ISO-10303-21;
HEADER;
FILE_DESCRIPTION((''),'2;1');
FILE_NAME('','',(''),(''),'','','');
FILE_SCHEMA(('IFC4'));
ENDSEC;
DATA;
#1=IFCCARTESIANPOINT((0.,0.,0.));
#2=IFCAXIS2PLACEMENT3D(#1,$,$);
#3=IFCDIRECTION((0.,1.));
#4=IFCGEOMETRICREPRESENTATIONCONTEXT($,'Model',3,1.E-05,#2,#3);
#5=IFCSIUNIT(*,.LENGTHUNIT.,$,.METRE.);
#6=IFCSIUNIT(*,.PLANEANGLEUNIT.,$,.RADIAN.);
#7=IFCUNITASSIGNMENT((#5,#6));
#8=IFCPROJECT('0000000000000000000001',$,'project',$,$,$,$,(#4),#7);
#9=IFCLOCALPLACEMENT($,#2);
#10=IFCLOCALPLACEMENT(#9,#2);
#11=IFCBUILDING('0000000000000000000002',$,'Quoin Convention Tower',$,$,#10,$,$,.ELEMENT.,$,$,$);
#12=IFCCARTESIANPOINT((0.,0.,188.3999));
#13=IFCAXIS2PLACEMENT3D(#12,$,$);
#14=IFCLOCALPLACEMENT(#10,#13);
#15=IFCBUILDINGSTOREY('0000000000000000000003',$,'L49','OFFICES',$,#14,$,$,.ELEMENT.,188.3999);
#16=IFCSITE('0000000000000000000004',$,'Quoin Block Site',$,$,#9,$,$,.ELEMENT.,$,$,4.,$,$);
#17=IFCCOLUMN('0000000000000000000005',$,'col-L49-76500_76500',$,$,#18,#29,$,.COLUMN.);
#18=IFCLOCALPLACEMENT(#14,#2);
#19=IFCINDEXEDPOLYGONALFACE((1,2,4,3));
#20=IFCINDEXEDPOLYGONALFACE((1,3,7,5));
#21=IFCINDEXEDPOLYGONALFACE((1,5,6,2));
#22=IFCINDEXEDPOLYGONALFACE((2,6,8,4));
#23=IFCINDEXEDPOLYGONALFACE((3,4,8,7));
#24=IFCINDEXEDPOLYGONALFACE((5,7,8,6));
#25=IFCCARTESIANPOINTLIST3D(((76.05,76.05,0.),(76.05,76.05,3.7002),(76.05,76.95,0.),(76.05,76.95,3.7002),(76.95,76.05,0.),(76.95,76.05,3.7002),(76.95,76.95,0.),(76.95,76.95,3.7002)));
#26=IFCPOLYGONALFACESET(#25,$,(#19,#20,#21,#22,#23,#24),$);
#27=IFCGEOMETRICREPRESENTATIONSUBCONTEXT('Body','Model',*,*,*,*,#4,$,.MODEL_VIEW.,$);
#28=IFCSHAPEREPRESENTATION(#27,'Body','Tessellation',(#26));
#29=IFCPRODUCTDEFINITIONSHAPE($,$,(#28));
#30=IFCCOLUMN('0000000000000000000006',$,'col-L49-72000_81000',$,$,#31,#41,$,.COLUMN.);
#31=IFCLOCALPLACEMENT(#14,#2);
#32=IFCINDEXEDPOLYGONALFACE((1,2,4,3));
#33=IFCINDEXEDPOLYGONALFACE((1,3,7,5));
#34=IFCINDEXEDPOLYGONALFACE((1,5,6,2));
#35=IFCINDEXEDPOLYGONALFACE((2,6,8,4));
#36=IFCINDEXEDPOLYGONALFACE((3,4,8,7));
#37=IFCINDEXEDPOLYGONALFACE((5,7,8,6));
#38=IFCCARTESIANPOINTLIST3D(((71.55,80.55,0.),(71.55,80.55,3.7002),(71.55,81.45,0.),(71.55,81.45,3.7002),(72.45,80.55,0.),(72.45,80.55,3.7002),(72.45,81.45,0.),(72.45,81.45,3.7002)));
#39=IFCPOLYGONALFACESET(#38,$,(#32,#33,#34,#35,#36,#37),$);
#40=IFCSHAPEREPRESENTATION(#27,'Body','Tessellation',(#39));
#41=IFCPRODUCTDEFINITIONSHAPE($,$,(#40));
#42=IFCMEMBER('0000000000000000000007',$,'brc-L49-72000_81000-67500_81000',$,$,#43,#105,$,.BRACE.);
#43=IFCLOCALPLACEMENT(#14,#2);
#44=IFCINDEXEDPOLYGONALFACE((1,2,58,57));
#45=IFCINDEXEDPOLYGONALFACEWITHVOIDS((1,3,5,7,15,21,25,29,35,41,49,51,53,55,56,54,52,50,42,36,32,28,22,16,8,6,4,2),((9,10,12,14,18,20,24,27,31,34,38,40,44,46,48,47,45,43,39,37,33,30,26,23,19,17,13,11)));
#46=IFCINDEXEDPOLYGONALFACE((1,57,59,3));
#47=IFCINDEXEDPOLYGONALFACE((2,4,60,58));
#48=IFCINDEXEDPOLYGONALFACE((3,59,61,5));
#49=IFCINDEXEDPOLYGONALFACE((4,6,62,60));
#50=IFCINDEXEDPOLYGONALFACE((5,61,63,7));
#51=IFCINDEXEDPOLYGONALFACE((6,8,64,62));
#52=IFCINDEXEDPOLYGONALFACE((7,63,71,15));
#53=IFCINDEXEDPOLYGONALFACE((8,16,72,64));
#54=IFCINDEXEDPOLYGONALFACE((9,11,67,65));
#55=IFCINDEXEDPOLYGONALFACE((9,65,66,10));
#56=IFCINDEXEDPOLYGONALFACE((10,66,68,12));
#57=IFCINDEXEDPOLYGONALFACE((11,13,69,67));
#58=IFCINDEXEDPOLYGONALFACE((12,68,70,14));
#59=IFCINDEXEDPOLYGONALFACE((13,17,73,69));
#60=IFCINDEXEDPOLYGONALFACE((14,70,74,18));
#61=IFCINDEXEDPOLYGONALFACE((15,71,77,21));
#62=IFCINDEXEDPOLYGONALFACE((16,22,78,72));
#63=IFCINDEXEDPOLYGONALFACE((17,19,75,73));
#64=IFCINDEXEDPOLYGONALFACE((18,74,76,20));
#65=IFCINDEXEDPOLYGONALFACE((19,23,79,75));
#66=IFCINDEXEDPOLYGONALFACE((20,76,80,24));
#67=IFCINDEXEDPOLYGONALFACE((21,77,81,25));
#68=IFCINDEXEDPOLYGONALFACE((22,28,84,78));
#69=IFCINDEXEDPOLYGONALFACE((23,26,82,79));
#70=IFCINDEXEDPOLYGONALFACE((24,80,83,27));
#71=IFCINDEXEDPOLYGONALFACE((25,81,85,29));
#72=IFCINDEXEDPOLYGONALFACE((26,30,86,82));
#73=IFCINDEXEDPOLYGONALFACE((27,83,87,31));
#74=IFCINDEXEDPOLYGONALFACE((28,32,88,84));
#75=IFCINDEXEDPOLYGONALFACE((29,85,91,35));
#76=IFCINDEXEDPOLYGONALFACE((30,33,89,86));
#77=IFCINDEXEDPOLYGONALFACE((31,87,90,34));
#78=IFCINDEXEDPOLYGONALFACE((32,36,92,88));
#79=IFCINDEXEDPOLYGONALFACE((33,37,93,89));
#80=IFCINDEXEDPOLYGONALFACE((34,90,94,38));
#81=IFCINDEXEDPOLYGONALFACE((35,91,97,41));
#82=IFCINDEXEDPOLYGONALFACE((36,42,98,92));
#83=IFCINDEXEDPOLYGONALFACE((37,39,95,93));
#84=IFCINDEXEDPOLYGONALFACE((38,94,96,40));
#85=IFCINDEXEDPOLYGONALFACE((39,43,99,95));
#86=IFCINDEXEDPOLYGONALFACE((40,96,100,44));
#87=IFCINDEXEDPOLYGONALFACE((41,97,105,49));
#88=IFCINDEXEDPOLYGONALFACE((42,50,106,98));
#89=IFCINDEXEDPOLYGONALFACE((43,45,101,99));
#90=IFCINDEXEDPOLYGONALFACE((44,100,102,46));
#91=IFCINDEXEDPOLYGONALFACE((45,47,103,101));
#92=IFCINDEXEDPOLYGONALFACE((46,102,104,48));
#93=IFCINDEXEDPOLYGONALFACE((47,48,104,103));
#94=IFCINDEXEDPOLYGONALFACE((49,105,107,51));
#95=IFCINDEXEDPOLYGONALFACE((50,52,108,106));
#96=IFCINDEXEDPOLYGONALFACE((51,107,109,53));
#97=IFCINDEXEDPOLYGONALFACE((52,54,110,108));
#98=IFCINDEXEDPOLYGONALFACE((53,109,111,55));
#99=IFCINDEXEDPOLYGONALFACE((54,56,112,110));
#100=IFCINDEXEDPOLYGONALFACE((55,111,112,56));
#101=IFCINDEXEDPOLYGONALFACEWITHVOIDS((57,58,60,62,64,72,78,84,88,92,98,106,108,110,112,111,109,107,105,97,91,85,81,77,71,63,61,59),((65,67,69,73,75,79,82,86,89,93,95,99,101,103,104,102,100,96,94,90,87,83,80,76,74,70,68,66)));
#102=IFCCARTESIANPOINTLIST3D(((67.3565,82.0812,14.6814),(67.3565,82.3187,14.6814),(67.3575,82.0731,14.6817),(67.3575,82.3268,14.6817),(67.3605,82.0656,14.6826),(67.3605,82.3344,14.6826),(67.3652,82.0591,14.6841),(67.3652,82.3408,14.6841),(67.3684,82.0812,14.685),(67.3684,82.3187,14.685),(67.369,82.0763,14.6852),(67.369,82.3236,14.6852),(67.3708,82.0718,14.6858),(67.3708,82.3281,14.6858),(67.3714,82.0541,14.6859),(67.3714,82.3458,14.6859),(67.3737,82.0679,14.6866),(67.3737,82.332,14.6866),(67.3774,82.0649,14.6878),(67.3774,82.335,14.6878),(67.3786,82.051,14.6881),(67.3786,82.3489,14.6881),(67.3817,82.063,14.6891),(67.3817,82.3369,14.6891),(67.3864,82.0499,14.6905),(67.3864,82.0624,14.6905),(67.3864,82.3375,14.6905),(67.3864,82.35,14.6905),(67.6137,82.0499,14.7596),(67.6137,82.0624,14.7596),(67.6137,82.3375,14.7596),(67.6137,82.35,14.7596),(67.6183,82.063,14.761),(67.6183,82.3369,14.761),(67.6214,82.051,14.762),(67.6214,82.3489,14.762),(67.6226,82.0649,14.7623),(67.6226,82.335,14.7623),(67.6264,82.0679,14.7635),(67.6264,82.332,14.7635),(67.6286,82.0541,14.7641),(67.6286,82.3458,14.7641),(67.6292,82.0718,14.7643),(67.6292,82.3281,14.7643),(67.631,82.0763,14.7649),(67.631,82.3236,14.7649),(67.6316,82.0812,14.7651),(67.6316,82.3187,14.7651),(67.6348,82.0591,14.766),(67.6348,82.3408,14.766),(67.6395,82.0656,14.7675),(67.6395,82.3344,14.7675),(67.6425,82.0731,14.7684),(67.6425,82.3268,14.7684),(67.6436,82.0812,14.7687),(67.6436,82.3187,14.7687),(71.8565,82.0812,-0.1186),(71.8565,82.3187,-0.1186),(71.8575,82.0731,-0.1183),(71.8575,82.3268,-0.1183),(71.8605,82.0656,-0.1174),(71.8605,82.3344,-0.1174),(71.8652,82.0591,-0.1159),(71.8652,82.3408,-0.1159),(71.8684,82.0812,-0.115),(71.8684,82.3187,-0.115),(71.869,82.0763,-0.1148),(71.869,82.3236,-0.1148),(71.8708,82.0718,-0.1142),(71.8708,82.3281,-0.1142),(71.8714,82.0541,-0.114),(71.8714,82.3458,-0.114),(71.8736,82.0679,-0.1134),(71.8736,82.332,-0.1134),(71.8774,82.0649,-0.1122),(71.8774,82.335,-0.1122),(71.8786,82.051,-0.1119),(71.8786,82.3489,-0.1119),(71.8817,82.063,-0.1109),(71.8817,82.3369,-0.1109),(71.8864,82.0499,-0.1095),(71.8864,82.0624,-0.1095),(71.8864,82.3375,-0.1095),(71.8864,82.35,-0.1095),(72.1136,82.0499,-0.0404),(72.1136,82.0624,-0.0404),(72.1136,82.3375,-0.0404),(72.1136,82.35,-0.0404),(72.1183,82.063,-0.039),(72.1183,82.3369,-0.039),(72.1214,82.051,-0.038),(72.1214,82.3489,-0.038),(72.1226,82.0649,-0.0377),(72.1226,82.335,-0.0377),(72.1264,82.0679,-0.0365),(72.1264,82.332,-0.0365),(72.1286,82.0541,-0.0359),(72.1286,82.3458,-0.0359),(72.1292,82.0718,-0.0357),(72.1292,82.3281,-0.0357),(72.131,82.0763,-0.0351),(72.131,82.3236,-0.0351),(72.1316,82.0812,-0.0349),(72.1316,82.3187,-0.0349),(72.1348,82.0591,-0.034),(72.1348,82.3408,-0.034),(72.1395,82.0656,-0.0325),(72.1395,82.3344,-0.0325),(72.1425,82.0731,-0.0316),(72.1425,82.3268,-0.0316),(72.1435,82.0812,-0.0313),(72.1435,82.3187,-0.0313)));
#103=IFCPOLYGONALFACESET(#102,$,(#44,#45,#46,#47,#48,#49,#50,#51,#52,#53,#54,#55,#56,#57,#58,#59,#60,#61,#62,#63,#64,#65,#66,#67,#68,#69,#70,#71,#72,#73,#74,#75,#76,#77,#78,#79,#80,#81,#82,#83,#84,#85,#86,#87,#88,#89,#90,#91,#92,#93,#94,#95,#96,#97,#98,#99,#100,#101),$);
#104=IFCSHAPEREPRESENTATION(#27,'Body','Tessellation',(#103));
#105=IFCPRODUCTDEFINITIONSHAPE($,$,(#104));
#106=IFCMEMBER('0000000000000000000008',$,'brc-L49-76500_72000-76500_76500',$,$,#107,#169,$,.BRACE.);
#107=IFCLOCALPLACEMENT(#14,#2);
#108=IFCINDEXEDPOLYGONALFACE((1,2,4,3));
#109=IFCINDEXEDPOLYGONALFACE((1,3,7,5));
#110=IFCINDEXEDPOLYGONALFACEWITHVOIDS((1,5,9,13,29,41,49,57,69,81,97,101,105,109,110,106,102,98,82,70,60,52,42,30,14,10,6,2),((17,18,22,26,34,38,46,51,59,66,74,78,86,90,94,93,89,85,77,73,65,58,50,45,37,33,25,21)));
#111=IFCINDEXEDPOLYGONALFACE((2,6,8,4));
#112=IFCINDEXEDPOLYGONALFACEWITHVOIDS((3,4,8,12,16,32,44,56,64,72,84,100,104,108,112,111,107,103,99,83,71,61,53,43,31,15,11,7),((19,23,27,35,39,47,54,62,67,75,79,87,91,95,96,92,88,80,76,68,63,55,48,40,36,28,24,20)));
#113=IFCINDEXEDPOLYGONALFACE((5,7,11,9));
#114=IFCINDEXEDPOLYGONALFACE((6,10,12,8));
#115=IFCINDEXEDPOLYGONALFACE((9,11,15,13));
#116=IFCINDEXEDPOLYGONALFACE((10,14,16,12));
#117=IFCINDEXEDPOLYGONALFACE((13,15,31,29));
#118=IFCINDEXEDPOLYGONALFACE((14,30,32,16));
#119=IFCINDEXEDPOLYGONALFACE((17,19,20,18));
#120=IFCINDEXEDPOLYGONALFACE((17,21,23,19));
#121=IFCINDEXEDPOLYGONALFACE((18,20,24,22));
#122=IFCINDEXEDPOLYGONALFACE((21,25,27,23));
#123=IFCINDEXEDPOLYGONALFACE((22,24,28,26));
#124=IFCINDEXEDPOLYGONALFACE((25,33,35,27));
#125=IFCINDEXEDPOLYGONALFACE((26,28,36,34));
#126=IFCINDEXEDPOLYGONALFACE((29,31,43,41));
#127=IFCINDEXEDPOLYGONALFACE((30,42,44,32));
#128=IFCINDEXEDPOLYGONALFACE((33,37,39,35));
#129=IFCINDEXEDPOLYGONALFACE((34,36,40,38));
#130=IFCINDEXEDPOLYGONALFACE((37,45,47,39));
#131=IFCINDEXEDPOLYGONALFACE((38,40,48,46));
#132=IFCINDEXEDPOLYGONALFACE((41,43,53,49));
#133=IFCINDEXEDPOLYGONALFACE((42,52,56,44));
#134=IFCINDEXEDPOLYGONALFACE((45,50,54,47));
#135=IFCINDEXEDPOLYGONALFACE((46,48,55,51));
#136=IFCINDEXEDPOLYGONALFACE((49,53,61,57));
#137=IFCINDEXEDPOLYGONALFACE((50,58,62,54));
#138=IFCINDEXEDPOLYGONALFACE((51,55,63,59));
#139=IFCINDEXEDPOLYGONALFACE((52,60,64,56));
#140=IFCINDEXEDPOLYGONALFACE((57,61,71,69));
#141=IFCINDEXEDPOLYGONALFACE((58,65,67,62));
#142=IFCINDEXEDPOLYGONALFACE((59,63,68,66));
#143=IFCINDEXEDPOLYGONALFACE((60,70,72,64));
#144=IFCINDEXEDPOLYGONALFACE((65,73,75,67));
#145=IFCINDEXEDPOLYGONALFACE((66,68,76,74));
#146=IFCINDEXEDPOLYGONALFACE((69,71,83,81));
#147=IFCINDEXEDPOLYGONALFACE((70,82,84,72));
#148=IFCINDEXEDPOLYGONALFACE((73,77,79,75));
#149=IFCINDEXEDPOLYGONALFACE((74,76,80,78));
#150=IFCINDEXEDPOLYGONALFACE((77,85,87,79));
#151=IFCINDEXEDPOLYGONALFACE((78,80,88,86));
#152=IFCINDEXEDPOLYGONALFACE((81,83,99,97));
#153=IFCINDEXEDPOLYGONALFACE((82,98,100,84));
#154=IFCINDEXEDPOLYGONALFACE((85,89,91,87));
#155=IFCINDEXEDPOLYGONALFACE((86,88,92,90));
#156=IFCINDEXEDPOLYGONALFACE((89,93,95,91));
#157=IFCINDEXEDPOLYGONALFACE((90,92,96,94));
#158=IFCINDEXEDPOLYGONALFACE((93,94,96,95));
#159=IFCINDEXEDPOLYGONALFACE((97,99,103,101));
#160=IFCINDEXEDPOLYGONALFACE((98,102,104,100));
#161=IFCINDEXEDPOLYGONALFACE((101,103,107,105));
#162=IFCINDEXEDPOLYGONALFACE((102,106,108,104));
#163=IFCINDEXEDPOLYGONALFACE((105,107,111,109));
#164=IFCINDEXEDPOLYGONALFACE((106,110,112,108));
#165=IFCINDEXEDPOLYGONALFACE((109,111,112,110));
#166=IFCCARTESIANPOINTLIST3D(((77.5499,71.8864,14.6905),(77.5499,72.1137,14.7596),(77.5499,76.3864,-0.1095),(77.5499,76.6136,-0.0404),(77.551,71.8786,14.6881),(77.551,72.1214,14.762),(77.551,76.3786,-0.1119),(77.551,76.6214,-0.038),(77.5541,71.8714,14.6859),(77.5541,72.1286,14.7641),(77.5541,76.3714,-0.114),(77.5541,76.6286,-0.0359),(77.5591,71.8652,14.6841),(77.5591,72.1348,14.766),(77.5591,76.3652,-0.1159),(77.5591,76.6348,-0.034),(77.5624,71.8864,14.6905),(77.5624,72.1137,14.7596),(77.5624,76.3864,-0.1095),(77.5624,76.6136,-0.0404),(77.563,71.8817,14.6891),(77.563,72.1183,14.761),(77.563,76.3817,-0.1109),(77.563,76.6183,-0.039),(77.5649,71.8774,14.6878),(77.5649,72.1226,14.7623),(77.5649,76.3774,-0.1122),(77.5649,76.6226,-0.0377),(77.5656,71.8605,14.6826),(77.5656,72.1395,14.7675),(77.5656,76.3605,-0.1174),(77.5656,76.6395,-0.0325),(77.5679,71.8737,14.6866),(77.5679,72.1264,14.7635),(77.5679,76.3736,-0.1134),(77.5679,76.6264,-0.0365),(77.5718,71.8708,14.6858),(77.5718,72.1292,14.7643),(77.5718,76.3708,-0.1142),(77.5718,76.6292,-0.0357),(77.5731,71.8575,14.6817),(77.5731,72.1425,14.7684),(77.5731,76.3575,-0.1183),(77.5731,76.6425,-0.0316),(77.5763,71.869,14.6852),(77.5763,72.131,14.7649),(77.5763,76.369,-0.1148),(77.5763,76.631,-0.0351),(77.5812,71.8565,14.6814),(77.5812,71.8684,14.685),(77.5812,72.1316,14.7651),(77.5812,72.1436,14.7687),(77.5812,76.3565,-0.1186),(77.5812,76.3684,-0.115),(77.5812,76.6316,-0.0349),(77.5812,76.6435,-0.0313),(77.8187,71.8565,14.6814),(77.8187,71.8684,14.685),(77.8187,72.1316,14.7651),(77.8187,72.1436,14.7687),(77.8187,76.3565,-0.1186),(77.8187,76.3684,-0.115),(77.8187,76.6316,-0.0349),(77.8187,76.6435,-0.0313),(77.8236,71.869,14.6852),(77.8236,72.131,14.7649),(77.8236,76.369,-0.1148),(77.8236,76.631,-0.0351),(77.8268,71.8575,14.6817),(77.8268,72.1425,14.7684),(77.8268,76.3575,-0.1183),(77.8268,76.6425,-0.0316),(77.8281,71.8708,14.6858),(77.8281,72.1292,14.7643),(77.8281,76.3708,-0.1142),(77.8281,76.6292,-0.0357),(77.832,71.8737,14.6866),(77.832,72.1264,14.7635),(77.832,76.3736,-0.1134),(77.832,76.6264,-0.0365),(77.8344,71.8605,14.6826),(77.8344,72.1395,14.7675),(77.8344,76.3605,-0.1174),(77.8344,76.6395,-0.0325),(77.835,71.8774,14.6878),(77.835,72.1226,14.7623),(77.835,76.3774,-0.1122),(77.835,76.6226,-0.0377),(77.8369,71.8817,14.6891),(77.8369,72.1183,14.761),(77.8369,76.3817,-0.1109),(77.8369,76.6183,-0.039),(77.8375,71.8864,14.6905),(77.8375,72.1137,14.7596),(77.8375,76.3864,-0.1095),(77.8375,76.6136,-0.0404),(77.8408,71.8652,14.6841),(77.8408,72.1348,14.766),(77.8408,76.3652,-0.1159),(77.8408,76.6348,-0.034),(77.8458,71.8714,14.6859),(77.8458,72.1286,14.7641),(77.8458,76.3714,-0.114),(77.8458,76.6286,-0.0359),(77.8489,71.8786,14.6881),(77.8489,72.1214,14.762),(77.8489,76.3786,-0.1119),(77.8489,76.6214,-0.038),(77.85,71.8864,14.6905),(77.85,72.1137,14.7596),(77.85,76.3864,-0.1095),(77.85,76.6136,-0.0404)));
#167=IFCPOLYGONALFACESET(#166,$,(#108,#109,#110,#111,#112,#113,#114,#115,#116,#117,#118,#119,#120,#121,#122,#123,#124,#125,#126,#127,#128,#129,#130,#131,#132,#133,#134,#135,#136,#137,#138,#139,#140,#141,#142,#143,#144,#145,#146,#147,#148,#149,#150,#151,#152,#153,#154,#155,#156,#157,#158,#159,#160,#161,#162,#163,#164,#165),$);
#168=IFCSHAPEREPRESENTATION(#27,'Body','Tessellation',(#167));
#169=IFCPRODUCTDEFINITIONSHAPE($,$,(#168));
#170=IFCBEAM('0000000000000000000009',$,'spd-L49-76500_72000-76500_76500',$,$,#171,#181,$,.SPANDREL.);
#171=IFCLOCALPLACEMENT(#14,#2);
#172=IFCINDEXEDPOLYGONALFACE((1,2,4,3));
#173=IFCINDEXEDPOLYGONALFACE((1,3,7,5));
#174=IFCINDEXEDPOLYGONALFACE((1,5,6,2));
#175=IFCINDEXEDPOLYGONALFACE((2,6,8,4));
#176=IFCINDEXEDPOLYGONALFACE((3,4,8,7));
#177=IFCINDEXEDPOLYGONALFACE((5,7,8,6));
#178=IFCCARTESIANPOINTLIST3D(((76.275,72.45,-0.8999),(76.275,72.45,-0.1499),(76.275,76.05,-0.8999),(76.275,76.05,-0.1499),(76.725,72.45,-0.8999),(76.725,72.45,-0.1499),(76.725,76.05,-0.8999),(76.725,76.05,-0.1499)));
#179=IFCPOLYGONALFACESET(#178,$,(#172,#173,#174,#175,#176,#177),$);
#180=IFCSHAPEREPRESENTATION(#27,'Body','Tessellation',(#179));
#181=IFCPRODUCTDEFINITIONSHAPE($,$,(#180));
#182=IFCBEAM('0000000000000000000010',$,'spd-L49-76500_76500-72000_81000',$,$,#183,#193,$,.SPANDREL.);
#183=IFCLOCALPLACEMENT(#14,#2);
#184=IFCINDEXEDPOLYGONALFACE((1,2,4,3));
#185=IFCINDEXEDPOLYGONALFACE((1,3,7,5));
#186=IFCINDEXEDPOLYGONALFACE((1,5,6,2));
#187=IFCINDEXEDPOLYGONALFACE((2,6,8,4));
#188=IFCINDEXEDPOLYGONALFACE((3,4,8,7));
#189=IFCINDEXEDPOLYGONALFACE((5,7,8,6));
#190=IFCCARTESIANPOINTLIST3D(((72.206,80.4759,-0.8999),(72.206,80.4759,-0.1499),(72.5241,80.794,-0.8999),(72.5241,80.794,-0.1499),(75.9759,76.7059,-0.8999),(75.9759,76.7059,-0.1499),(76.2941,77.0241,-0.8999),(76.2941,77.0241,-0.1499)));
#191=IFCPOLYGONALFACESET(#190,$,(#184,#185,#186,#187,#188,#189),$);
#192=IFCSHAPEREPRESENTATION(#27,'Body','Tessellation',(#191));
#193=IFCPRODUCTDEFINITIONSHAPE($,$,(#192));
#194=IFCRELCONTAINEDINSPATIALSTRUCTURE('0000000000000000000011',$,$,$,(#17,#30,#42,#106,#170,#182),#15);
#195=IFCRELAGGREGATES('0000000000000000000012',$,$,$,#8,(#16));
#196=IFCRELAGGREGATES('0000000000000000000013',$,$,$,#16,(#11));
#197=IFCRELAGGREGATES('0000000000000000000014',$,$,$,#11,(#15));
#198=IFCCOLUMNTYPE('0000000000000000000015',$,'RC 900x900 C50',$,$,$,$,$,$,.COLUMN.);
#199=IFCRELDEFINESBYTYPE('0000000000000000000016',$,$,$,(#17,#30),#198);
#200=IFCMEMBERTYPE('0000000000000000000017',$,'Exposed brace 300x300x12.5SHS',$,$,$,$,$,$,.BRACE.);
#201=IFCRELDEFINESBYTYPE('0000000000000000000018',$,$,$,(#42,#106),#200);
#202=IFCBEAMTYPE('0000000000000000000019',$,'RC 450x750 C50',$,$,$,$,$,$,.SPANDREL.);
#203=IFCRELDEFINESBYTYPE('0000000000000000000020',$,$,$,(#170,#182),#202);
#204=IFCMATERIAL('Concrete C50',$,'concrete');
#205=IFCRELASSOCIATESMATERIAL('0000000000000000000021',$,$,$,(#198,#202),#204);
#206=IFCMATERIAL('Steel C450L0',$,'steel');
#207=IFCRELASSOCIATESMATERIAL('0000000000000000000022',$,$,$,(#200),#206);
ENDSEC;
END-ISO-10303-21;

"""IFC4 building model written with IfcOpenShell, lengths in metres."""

from ifc_helpers import new_model, si_unit, direction, frame, origin, origin_2d, place, context, subcontext, project, spatial, rectangle, hollow_rectangle, extrude, material, material_profile, profile_set, type_object, element, save


model = new_model("IFC4")

# Units and contexts
model_context = context("Model", 3, precision=1e-05, world=origin(), true_north=direction((0.0, 1.0)))
body_context = subcontext(model_context, "Body", "Model", "MODEL_VIEW")
ifc_project = project(units=[si_unit("LENGTHUNIT", "METRE"), si_unit("PLANEANGLEUNIT", "RADIAN")], contexts=[model_context])

# Site, building, storey
site_placement = place(None, origin())
site = spatial("IfcSite", under=ifc_project, at=site_placement, Name="Quoin Block Site", CompositionType="ELEMENT", RefElevation=4.0)
building_placement = place(site_placement, origin())
building = spatial("IfcBuilding", under=site, at=building_placement, Name="Quoin Convention Tower", CompositionType="ELEMENT")
storey_placement = place(building_placement, frame((0.0, 0.0, 188.3999)))
storey = spatial("IfcBuildingStorey", under=building, at=storey_placement, Name="L49", Description="OFFICES", CompositionType="ELEMENT", Elevation=188.3999)

# Columns
ifc_material_1 = material(Name="Concrete C50", Category="concrete")
ifc_material_profile_1 = material_profile(ifc_material_1, rectangle(XDim=0.8999, YDim=0.8999, at=origin_2d()), Name="RC 900x900")
ifc_profile_set_1 = profile_set([ifc_material_profile_1], Name="Concrete C50")
column_type = type_object("IfcColumnType", Name="RC 900x900 C50", PredefinedType="COLUMN", material=ifc_profile_set_1)
for number, where, z_axis, x_axis, name in (
    (1, (76.5, 76.5, 0.0), (0.0, 0.0, 1.0), (1.0, 0.0, 0.0), "col-L49-76500_76500"),
    (2, (72.0, 81.0, 0.0), (0.0, 0.0, 1.0), (1.0, 0.0, 0.0), "col-L49-72000_81000"),
):
    element("IfcColumn", number, at=place(storey_placement, frame(where, z_axis=z_axis, x_axis=x_axis)), inside=storey, type_object=column_type, Name=name, PredefinedType="COLUMN", context=body_context, shape_type="SweptSolid", body=[
        extrude(rectangle(XDim=0.8999, YDim=0.8999, at=origin_2d()), origin(), (0.0, 0.0, 1.0), 3.7002),
    ])

# Members
ifc_material_2 = material(Name="Steel C450L0", Category="steel")
ifc_material_profile_2 = material_profile(ifc_material_2, hollow_rectangle(XDim=0.3, YDim=0.3, WallThickness=0.0125, InnerFilletRadius=0.0188, OuterFilletRadius=0.0312, at=origin_2d()), Name="300x300x12.5SHS")
ifc_profile_set_2 = profile_set([ifc_material_profile_2], Name="Steel C450L0")
member_type = type_object("IfcMemberType", Name="Exposed brace 300x300x12.5SHS", PredefinedType="BRACE", material=ifc_profile_set_2)
for number, where, z_axis, x_axis, name in (
    (3, (72.0, 82.2, -0.075), (-0.290903, 0.0, 0.956752), (0.0, -1.0, 0.0), "brc-L49-72000_81000-67500_81000"),
    (4, (77.7, 76.5, -0.075), (0.0, -0.290903, 0.956752), (1.0, 0.0, 0.0), "brc-L49-76500_72000-76500_76500"),
):
    element("IfcMember", number, at=place(storey_placement, frame(where, z_axis=z_axis, x_axis=x_axis)), inside=storey, type_object=member_type, Name=name, PredefinedType="BRACE", context=body_context, shape_type="SweptSolid", body=[
        extrude(hollow_rectangle(XDim=0.3, YDim=0.3, WallThickness=0.0125, InnerFilletRadius=0.0188, OuterFilletRadius=0.0312, at=origin_2d()), origin(), (0.0, 0.0, 1.0), 15.469),
    ])

# Beams
ifc_material_profile_3 = material_profile(ifc_material_1, rectangle(XDim=0.45, YDim=0.75, at=origin_2d()), Name="RC 450x750")
ifc_profile_set_3 = profile_set([ifc_material_profile_3], Name="Concrete C50")
beam_type = type_object("IfcBeamType", Name="RC 450x750 C50", PredefinedType="SPANDREL", material=ifc_profile_set_3)
beam_1_placement = place(storey_placement, frame((76.5, 72.45, -0.5249), z_axis=(0.0, 1.0, 0.0), x_axis=(-1.0, 0.0, 0.0)))
element("IfcBeam", 5, at=beam_1_placement, inside=storey, type_object=beam_type, Name="spd-L49-76500_72000-76500_76500", PredefinedType="SPANDREL", context=body_context, shape_type="SweptSolid", body=[
    extrude(rectangle(XDim=0.45, YDim=0.75, at=origin_2d()), origin(), (0.0, 0.0, 1.0), 3.6001),
])
beam_2_placement = place(storey_placement, frame((76.135, 76.865, -0.5249), z_axis=(-0.707107, 0.707107, 0.0), x_axis=(-0.707107, -0.707107, 0.0)))
element("IfcBeam", 6, at=beam_2_placement, inside=storey, type_object=beam_type, Name="spd-L49-76500_76500-72000_81000", PredefinedType="SPANDREL", context=body_context, shape_type="SweptSolid", body=[
    extrude(rectangle(XDim=0.45, YDim=0.75, at=origin_2d()), origin(), (0.0, 0.0, 1.0), 5.3315),
])

save(model, "model.ifc")
